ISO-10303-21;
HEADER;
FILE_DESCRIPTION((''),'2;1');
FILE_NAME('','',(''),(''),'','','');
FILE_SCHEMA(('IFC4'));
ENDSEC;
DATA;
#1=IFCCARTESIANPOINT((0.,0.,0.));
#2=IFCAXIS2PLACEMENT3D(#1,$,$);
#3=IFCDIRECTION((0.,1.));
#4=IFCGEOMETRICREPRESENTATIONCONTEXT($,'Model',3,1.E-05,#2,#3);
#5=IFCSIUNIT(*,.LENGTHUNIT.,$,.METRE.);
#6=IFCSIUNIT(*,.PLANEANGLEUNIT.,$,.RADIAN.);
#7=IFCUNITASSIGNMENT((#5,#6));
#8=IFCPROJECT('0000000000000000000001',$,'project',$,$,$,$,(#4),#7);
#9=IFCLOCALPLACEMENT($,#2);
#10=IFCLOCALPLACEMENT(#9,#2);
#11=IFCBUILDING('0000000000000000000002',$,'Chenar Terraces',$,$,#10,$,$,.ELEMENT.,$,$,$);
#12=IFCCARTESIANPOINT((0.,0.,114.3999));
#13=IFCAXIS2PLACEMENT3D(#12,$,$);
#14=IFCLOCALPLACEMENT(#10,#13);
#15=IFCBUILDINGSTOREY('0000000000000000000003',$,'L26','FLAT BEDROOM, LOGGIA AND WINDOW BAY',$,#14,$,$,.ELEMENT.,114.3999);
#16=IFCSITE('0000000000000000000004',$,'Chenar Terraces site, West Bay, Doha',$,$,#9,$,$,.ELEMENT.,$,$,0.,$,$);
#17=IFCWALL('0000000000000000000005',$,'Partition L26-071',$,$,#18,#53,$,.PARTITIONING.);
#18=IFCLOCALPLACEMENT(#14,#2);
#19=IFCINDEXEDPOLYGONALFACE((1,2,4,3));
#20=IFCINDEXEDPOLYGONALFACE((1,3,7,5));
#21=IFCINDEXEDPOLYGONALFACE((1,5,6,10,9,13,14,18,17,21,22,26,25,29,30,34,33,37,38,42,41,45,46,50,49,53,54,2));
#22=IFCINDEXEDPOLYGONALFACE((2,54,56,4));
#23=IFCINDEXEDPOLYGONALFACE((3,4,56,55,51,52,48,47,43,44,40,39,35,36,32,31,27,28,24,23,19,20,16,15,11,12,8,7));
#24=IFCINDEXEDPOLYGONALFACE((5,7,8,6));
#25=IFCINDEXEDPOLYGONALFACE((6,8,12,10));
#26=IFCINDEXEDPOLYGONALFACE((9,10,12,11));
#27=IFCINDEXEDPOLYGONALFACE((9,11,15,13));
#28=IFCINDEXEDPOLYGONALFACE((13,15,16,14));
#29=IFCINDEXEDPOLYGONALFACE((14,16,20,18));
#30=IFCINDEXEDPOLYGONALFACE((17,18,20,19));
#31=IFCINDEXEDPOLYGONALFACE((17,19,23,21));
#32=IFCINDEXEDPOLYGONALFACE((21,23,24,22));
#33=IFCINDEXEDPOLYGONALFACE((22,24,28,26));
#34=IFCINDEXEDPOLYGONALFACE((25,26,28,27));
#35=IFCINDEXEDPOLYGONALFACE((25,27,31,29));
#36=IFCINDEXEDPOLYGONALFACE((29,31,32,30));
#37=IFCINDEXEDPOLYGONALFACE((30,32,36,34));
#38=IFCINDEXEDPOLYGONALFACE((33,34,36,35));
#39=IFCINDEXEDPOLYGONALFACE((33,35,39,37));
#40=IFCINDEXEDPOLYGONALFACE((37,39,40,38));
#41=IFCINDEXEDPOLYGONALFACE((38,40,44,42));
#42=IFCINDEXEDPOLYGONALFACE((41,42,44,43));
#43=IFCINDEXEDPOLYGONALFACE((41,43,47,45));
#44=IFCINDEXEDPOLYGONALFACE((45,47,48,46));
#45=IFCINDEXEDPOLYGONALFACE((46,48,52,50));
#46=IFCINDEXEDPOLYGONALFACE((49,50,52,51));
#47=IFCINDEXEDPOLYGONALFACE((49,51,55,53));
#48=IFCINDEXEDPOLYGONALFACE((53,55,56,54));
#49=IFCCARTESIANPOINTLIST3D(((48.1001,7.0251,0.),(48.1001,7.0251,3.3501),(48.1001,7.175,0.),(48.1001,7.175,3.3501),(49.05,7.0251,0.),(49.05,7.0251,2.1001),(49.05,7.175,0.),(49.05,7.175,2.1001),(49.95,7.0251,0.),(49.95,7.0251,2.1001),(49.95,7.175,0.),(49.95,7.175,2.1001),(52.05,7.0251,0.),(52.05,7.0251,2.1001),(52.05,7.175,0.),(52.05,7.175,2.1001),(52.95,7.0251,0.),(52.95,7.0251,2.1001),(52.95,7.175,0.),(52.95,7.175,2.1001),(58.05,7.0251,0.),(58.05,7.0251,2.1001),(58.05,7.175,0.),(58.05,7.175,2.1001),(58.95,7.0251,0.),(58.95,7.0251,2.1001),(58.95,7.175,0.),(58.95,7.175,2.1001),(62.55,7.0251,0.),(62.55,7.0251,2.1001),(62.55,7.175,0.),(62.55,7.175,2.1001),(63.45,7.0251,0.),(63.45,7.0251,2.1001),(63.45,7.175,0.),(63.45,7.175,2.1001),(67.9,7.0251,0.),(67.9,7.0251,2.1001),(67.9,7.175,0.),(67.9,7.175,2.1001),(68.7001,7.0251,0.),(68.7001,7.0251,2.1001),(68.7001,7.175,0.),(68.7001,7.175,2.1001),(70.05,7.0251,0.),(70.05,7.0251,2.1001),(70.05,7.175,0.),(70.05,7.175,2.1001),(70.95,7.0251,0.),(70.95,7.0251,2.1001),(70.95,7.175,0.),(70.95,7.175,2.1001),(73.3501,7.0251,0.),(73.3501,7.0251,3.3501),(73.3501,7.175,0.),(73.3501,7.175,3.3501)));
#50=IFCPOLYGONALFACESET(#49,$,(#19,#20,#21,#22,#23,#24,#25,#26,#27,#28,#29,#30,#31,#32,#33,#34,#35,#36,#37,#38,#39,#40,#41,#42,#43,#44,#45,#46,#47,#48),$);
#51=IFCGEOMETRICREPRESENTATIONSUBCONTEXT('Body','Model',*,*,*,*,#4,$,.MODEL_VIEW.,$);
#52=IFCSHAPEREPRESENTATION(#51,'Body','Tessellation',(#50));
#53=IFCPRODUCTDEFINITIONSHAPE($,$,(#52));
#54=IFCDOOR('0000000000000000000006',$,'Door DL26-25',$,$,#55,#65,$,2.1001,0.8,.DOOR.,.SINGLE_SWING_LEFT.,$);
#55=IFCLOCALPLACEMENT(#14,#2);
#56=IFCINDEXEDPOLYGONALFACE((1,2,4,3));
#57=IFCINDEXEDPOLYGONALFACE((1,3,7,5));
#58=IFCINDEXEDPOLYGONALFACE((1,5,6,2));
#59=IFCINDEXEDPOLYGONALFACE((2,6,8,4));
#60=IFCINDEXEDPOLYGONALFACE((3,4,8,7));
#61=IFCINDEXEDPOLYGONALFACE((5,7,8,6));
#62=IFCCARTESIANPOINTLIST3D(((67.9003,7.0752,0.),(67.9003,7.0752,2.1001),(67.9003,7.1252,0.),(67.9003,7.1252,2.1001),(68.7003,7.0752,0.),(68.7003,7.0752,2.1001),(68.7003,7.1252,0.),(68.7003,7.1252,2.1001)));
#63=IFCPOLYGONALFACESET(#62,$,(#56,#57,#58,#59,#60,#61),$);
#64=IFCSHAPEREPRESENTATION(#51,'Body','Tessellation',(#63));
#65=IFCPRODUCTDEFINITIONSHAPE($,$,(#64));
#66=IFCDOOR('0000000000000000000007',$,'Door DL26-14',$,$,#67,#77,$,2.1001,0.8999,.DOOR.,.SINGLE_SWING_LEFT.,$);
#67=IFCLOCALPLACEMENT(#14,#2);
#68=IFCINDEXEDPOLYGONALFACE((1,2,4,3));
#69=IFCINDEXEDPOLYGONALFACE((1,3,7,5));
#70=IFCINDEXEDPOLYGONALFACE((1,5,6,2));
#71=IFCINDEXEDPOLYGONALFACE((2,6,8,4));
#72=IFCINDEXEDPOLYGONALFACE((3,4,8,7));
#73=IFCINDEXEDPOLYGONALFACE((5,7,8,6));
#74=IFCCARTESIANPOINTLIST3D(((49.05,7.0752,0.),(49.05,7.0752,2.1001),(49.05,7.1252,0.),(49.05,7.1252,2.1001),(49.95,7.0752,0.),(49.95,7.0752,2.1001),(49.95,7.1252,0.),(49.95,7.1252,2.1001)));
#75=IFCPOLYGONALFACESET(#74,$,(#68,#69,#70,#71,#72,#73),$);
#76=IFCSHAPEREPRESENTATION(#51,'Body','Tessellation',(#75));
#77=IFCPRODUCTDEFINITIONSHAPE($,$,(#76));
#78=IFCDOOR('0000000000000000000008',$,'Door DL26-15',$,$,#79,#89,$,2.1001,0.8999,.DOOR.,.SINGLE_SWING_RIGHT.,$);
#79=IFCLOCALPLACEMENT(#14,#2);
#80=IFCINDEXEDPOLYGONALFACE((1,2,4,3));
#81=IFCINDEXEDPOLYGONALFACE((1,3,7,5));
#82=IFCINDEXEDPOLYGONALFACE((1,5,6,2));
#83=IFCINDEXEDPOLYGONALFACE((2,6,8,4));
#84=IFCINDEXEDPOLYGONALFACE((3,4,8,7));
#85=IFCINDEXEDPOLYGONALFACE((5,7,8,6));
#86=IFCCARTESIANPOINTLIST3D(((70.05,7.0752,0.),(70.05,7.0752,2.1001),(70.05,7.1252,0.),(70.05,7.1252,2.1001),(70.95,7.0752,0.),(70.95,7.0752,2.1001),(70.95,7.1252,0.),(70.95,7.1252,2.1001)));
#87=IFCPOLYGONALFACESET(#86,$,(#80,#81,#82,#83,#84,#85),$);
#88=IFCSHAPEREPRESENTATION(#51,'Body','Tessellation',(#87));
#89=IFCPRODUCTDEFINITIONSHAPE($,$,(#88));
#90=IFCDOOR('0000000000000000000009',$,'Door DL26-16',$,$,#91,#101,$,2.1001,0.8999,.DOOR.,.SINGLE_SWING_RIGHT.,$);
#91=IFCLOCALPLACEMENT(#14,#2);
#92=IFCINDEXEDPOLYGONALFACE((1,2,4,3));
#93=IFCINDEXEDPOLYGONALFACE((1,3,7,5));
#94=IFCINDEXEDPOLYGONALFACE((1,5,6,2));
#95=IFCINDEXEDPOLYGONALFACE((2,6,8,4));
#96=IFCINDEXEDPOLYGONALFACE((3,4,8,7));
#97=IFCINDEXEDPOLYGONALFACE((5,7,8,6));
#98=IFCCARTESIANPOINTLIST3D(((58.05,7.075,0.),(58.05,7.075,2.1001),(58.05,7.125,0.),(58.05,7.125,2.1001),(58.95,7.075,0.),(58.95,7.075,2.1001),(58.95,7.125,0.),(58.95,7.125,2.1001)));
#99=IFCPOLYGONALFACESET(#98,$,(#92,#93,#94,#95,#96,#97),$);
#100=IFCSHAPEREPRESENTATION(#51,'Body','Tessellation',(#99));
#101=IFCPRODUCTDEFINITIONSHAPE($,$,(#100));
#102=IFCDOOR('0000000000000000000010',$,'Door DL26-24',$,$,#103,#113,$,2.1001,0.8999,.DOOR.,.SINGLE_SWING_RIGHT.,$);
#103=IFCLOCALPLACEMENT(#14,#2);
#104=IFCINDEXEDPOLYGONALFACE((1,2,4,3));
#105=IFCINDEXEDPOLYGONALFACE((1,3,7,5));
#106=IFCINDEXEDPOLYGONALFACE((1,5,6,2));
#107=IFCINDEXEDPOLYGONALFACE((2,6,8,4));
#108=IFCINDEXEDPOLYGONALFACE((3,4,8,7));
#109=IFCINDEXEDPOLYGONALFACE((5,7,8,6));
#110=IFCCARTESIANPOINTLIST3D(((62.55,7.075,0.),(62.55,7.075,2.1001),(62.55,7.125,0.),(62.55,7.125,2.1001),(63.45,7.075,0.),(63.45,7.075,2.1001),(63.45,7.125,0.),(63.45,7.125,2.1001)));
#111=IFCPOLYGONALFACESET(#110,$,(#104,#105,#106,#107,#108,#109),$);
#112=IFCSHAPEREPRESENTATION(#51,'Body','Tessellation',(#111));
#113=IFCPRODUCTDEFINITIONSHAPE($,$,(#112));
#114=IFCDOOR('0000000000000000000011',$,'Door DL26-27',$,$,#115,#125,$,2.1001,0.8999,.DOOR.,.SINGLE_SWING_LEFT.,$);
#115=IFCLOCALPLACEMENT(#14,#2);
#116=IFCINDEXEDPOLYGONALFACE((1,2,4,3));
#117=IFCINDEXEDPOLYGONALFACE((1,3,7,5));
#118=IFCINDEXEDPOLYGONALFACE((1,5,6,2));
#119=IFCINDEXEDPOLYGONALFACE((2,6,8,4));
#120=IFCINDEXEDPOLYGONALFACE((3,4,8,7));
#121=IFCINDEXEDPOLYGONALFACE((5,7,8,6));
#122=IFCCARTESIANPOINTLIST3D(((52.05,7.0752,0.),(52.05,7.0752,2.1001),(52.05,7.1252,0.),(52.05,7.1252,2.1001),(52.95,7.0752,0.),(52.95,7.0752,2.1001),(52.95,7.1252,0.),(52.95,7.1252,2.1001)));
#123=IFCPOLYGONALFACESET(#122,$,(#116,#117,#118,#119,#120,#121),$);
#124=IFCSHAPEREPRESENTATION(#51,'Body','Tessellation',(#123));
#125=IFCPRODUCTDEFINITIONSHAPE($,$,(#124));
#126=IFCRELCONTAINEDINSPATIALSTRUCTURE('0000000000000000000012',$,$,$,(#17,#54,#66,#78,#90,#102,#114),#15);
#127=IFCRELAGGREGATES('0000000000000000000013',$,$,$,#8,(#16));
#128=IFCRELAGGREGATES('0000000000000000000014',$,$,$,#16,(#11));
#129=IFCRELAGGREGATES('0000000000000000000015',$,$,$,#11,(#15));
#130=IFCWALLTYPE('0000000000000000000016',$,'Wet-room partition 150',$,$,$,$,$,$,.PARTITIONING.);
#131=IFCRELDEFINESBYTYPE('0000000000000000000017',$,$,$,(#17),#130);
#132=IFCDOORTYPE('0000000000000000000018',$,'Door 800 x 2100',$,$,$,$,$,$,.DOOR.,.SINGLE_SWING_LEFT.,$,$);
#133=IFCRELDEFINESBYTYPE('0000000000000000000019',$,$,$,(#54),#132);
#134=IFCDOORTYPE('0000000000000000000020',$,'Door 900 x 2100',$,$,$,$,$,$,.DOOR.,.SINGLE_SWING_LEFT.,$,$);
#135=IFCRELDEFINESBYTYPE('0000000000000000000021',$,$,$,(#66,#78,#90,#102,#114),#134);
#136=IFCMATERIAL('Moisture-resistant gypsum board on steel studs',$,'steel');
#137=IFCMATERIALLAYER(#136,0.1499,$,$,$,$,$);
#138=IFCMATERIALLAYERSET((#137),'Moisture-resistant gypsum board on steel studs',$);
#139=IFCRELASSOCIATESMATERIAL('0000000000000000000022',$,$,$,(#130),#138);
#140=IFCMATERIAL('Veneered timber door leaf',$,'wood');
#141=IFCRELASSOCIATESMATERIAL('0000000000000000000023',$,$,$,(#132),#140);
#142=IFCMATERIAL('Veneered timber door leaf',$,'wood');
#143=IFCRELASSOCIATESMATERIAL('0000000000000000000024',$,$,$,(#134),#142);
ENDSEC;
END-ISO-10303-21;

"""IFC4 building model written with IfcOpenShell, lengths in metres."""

from ifc_helpers import new_model, si_unit, direction, frame, frame_2d, origin, place, context, subcontext, project, spatial, rectangle, extrude, material, layer, layer_set, type_object, element, fill, save


model = new_model("IFC4")

# Units and contexts
model_context = context("Model", 3, precision=1e-05, world=origin(), true_north=direction((0.0, 1.0)))
body_context = subcontext(model_context, "Body", "Model", "MODEL_VIEW")
ifc_project = project(units=[si_unit("LENGTHUNIT", "METRE"), si_unit("PLANEANGLEUNIT", "RADIAN")], contexts=[model_context])

# Site, building, storey
site_placement = place(None, origin())
site = spatial("IfcSite", under=ifc_project, at=site_placement, Name="Chenar Terraces site, West Bay, Doha", CompositionType="ELEMENT", RefElevation=0.0)
building_placement = place(site_placement, origin())
building = spatial("IfcBuilding", under=site, at=building_placement, Name="Chenar Terraces", CompositionType="ELEMENT")
storey_placement = place(building_placement, frame((0.0, 0.0, 114.3999)))
storey = spatial("IfcBuildingStorey", under=building, at=storey_placement, Name="L26", Description="FLAT BEDROOM, LOGGIA AND WINDOW BAY", CompositionType="ELEMENT", Elevation=114.3999)

# Shared definitions
ifc_material_1 = material(Name="Moisture-resistant gypsum board on steel studs", Category="steel")
ifc_layer_1 = layer(ifc_material_1, 0.1499)
ifc_layer_set_1 = layer_set([ifc_layer_1], Name="Moisture-resistant gypsum board on steel studs")
wall_type_1 = type_object("IfcWallType", Name="Wet-room partition 150", PredefinedType="PARTITIONING", material=ifc_layer_set_1)

# Wall, openings, doors
wall_1_placement = place(storey_placement, frame((48.1001, 7.1001, 0.0), z_axis=(0.0, 0.0, 1.0), x_axis=(1.0, 0.0, 0.0)))
wall_1 = element("IfcWall", 1, at=wall_1_placement, inside=storey, type_object=wall_type_1, Name="Partition L26-071", PredefinedType="PARTITIONING", context=body_context, shape_type="SweptSolid", body=[
    extrude(rectangle(XDim=25.25, YDim=0.1499, at=frame_2d((12.625, 0.0))), origin(), (0.0, 0.0, 1.0), 3.3501),
])
opening_1_placement = place(wall_1_placement, frame((0.95, 0.0, 0.0)))
opening_1 = element("IfcOpeningElement", 2, at=opening_1_placement, cuts=wall_1, PredefinedType="OPENING", context=body_context, shape_type="SweptSolid", body=[
    extrude(rectangle(XDim=0.8999, YDim=2.1001, at=frame_2d((0.45, 1.05))), frame((0.0, 0.085, 0.0), z_axis=(0.0, -1.0, 0.0), x_axis=(1.0, 0.0, 0.0)), (0.0, 0.0, 1.0), 0.1699),
])
opening_2_placement = place(wall_1_placement, frame((21.95, 0.0, 0.0)))
opening_2 = element("IfcOpeningElement", 3, at=opening_2_placement, cuts=wall_1, PredefinedType="OPENING", context=body_context, shape_type="SweptSolid", body=[
    extrude(rectangle(XDim=0.8999, YDim=2.1001, at=frame_2d((0.45, 1.05))), frame((0.0, 0.085, 0.0), z_axis=(0.0, -1.0, 0.0), x_axis=(1.0, 0.0, 0.0)), (0.0, 0.0, 1.0), 0.1699),
])
opening_3_placement = place(wall_1_placement, frame((9.95, 0.0, 0.0)))
opening_3 = element("IfcOpeningElement", 4, at=opening_3_placement, cuts=wall_1, PredefinedType="OPENING", context=body_context, shape_type="SweptSolid", body=[
    extrude(rectangle(XDim=0.8999, YDim=2.1001, at=frame_2d((0.45, 1.05))), frame((0.0, 0.085, 0.0), z_axis=(0.0, -1.0, 0.0), x_axis=(1.0, 0.0, 0.0)), (0.0, 0.0, 1.0), 0.1699),
])
opening_4_placement = place(wall_1_placement, frame((14.45, 0.0, 0.0)))
opening_4 = element("IfcOpeningElement", 5, at=opening_4_placement, cuts=wall_1, PredefinedType="OPENING", context=body_context, shape_type="SweptSolid", body=[
    extrude(rectangle(XDim=0.8999, YDim=2.1001, at=frame_2d((0.45, 1.05))), frame((0.0, 0.085, 0.0), z_axis=(0.0, -1.0, 0.0), x_axis=(1.0, 0.0, 0.0)), (0.0, 0.0, 1.0), 0.1699),
])
opening_5_placement = place(wall_1_placement, frame((19.8, 0.0, 0.0)))
opening_5 = element("IfcOpeningElement", 6, at=opening_5_placement, cuts=wall_1, PredefinedType="OPENING", context=body_context, shape_type="SweptSolid", body=[
    extrude(rectangle(XDim=0.8, YDim=2.1001, at=frame_2d((0.3999, 1.05))), frame((0.0, 0.085, 0.0), z_axis=(0.0, -1.0, 0.0), x_axis=(1.0, 0.0, 0.0)), (0.0, 0.0, 1.0), 0.1699),
])
opening_6_placement = place(wall_1_placement, frame((3.95, 0.0, 0.0)))
opening_6 = element("IfcOpeningElement", 7, at=opening_6_placement, cuts=wall_1, PredefinedType="OPENING", context=body_context, shape_type="SweptSolid", body=[
    extrude(rectangle(XDim=0.8999, YDim=2.1001, at=frame_2d((0.45, 1.05))), frame((0.0, 0.085, 0.0), z_axis=(0.0, -1.0, 0.0), x_axis=(1.0, 0.0, 0.0)), (0.0, 0.0, 1.0), 0.1699),
])
ifc_material_2 = material(Name="Veneered timber door leaf", Category="wood")
door_type_1 = type_object("IfcDoorType", Name="Door 800 x 2100", OperationType="SINGLE_SWING_LEFT", PredefinedType="DOOR", material=ifc_material_2)
door_1_placement = place(opening_5_placement, frame((0.8, 0.0, 0.0), z_axis=(0.0, 0.0, 1.0), x_axis=(-1.0, 0.0, 0.0)))
door_1 = element("IfcDoor", 8, at=door_1_placement, inside=storey, type_object=door_type_1, Name="Door DL26-25", OperationType="SINGLE_SWING_LEFT", OverallHeight=2.1001, OverallWidth=0.8, PredefinedType="DOOR", context=body_context, shape_type="SweptSolid", body=[
    extrude(rectangle(XDim=0.8, YDim=2.1001, at=frame_2d((0.3999, 1.05))), frame((0.0, 0.0249, 0.0), z_axis=(0.0, -1.0, 0.0), x_axis=(1.0, 0.0, 0.0)), (0.0, 0.0, 1.0), 0.05),
])
fill(opening_5, door_1)
ifc_material_3 = material(Name="Veneered timber door leaf", Category="wood")
door_type_2 = type_object("IfcDoorType", Name="Door 900 x 2100", OperationType="SINGLE_SWING_LEFT", PredefinedType="DOOR", material=ifc_material_3)
door_2_placement = place(opening_1_placement, frame((0.8999, 0.0, 0.0), z_axis=(0.0, 0.0, 1.0), x_axis=(-1.0, 0.0, 0.0)))
door_2 = element("IfcDoor", 9, at=door_2_placement, inside=storey, type_object=door_type_2, Name="Door DL26-14", OperationType="SINGLE_SWING_LEFT", OverallHeight=2.1001, OverallWidth=0.8999, PredefinedType="DOOR", context=body_context, shape_type="SweptSolid", body=[
    extrude(rectangle(XDim=0.8999, YDim=2.1001, at=frame_2d((0.45, 1.05))), frame((0.0, 0.0249, 0.0), z_axis=(0.0, -1.0, 0.0), x_axis=(1.0, 0.0, 0.0)), (0.0, 0.0, 1.0), 0.05),
])
fill(opening_1, door_2)
door_3_placement = place(opening_2_placement, frame((0.8999, 0.0, 0.0), z_axis=(0.0, 0.0, 1.0), x_axis=(-1.0, 0.0, 0.0)))
door_3 = element("IfcDoor", 10, at=door_3_placement, inside=storey, type_object=door_type_2, Name="Door DL26-15", OperationType="SINGLE_SWING_RIGHT", OverallHeight=2.1001, OverallWidth=0.8999, PredefinedType="DOOR", context=body_context, shape_type="SweptSolid", body=[
    extrude(rectangle(XDim=0.8999, YDim=2.1001, at=frame_2d((0.45, 1.05))), frame((0.0, 0.0249, 0.0), z_axis=(0.0, -1.0, 0.0), x_axis=(1.0, 0.0, 0.0)), (0.0, 0.0, 1.0), 0.05),
])
fill(opening_2, door_3)
door_4_placement = place(opening_3_placement, origin())
door_4 = element("IfcDoor", 11, at=door_4_placement, inside=storey, type_object=door_type_2, Name="Door DL26-16", OperationType="SINGLE_SWING_RIGHT", OverallHeight=2.1001, OverallWidth=0.8999, PredefinedType="DOOR", context=body_context, shape_type="SweptSolid", body=[
    extrude(rectangle(XDim=0.8999, YDim=2.1001, at=frame_2d((0.45, 1.05))), frame((0.0, 0.0249, 0.0), z_axis=(0.0, -1.0, 0.0), x_axis=(1.0, 0.0, 0.0)), (0.0, 0.0, 1.0), 0.05),
])
fill(opening_3, door_4)
door_5_placement = place(opening_4_placement, origin())
door_5 = element("IfcDoor", 12, at=door_5_placement, inside=storey, type_object=door_type_2, Name="Door DL26-24", OperationType="SINGLE_SWING_RIGHT", OverallHeight=2.1001, OverallWidth=0.8999, PredefinedType="DOOR", context=body_context, shape_type="SweptSolid", body=[
    extrude(rectangle(XDim=0.8999, YDim=2.1001, at=frame_2d((0.45, 1.05))), frame((0.0, 0.0249, 0.0), z_axis=(0.0, -1.0, 0.0), x_axis=(1.0, 0.0, 0.0)), (0.0, 0.0, 1.0), 0.05),
])
fill(opening_4, door_5)
door_6_placement = place(opening_6_placement, frame((0.8999, 0.0, 0.0), z_axis=(0.0, 0.0, 1.0), x_axis=(-1.0, 0.0, 0.0)))
door_6 = element("IfcDoor", 13, at=door_6_placement, inside=storey, type_object=door_type_2, Name="Door DL26-27", OperationType="SINGLE_SWING_LEFT", OverallHeight=2.1001, OverallWidth=0.8999, PredefinedType="DOOR", context=body_context, shape_type="SweptSolid", body=[
    extrude(rectangle(XDim=0.8999, YDim=2.1001, at=frame_2d((0.45, 1.05))), frame((0.0, 0.0249, 0.0), z_axis=(0.0, -1.0, 0.0), x_axis=(1.0, 0.0, 0.0)), (0.0, 0.0, 1.0), 0.05),
])
fill(opening_6, door_6)

save(model, "model.ifc")
